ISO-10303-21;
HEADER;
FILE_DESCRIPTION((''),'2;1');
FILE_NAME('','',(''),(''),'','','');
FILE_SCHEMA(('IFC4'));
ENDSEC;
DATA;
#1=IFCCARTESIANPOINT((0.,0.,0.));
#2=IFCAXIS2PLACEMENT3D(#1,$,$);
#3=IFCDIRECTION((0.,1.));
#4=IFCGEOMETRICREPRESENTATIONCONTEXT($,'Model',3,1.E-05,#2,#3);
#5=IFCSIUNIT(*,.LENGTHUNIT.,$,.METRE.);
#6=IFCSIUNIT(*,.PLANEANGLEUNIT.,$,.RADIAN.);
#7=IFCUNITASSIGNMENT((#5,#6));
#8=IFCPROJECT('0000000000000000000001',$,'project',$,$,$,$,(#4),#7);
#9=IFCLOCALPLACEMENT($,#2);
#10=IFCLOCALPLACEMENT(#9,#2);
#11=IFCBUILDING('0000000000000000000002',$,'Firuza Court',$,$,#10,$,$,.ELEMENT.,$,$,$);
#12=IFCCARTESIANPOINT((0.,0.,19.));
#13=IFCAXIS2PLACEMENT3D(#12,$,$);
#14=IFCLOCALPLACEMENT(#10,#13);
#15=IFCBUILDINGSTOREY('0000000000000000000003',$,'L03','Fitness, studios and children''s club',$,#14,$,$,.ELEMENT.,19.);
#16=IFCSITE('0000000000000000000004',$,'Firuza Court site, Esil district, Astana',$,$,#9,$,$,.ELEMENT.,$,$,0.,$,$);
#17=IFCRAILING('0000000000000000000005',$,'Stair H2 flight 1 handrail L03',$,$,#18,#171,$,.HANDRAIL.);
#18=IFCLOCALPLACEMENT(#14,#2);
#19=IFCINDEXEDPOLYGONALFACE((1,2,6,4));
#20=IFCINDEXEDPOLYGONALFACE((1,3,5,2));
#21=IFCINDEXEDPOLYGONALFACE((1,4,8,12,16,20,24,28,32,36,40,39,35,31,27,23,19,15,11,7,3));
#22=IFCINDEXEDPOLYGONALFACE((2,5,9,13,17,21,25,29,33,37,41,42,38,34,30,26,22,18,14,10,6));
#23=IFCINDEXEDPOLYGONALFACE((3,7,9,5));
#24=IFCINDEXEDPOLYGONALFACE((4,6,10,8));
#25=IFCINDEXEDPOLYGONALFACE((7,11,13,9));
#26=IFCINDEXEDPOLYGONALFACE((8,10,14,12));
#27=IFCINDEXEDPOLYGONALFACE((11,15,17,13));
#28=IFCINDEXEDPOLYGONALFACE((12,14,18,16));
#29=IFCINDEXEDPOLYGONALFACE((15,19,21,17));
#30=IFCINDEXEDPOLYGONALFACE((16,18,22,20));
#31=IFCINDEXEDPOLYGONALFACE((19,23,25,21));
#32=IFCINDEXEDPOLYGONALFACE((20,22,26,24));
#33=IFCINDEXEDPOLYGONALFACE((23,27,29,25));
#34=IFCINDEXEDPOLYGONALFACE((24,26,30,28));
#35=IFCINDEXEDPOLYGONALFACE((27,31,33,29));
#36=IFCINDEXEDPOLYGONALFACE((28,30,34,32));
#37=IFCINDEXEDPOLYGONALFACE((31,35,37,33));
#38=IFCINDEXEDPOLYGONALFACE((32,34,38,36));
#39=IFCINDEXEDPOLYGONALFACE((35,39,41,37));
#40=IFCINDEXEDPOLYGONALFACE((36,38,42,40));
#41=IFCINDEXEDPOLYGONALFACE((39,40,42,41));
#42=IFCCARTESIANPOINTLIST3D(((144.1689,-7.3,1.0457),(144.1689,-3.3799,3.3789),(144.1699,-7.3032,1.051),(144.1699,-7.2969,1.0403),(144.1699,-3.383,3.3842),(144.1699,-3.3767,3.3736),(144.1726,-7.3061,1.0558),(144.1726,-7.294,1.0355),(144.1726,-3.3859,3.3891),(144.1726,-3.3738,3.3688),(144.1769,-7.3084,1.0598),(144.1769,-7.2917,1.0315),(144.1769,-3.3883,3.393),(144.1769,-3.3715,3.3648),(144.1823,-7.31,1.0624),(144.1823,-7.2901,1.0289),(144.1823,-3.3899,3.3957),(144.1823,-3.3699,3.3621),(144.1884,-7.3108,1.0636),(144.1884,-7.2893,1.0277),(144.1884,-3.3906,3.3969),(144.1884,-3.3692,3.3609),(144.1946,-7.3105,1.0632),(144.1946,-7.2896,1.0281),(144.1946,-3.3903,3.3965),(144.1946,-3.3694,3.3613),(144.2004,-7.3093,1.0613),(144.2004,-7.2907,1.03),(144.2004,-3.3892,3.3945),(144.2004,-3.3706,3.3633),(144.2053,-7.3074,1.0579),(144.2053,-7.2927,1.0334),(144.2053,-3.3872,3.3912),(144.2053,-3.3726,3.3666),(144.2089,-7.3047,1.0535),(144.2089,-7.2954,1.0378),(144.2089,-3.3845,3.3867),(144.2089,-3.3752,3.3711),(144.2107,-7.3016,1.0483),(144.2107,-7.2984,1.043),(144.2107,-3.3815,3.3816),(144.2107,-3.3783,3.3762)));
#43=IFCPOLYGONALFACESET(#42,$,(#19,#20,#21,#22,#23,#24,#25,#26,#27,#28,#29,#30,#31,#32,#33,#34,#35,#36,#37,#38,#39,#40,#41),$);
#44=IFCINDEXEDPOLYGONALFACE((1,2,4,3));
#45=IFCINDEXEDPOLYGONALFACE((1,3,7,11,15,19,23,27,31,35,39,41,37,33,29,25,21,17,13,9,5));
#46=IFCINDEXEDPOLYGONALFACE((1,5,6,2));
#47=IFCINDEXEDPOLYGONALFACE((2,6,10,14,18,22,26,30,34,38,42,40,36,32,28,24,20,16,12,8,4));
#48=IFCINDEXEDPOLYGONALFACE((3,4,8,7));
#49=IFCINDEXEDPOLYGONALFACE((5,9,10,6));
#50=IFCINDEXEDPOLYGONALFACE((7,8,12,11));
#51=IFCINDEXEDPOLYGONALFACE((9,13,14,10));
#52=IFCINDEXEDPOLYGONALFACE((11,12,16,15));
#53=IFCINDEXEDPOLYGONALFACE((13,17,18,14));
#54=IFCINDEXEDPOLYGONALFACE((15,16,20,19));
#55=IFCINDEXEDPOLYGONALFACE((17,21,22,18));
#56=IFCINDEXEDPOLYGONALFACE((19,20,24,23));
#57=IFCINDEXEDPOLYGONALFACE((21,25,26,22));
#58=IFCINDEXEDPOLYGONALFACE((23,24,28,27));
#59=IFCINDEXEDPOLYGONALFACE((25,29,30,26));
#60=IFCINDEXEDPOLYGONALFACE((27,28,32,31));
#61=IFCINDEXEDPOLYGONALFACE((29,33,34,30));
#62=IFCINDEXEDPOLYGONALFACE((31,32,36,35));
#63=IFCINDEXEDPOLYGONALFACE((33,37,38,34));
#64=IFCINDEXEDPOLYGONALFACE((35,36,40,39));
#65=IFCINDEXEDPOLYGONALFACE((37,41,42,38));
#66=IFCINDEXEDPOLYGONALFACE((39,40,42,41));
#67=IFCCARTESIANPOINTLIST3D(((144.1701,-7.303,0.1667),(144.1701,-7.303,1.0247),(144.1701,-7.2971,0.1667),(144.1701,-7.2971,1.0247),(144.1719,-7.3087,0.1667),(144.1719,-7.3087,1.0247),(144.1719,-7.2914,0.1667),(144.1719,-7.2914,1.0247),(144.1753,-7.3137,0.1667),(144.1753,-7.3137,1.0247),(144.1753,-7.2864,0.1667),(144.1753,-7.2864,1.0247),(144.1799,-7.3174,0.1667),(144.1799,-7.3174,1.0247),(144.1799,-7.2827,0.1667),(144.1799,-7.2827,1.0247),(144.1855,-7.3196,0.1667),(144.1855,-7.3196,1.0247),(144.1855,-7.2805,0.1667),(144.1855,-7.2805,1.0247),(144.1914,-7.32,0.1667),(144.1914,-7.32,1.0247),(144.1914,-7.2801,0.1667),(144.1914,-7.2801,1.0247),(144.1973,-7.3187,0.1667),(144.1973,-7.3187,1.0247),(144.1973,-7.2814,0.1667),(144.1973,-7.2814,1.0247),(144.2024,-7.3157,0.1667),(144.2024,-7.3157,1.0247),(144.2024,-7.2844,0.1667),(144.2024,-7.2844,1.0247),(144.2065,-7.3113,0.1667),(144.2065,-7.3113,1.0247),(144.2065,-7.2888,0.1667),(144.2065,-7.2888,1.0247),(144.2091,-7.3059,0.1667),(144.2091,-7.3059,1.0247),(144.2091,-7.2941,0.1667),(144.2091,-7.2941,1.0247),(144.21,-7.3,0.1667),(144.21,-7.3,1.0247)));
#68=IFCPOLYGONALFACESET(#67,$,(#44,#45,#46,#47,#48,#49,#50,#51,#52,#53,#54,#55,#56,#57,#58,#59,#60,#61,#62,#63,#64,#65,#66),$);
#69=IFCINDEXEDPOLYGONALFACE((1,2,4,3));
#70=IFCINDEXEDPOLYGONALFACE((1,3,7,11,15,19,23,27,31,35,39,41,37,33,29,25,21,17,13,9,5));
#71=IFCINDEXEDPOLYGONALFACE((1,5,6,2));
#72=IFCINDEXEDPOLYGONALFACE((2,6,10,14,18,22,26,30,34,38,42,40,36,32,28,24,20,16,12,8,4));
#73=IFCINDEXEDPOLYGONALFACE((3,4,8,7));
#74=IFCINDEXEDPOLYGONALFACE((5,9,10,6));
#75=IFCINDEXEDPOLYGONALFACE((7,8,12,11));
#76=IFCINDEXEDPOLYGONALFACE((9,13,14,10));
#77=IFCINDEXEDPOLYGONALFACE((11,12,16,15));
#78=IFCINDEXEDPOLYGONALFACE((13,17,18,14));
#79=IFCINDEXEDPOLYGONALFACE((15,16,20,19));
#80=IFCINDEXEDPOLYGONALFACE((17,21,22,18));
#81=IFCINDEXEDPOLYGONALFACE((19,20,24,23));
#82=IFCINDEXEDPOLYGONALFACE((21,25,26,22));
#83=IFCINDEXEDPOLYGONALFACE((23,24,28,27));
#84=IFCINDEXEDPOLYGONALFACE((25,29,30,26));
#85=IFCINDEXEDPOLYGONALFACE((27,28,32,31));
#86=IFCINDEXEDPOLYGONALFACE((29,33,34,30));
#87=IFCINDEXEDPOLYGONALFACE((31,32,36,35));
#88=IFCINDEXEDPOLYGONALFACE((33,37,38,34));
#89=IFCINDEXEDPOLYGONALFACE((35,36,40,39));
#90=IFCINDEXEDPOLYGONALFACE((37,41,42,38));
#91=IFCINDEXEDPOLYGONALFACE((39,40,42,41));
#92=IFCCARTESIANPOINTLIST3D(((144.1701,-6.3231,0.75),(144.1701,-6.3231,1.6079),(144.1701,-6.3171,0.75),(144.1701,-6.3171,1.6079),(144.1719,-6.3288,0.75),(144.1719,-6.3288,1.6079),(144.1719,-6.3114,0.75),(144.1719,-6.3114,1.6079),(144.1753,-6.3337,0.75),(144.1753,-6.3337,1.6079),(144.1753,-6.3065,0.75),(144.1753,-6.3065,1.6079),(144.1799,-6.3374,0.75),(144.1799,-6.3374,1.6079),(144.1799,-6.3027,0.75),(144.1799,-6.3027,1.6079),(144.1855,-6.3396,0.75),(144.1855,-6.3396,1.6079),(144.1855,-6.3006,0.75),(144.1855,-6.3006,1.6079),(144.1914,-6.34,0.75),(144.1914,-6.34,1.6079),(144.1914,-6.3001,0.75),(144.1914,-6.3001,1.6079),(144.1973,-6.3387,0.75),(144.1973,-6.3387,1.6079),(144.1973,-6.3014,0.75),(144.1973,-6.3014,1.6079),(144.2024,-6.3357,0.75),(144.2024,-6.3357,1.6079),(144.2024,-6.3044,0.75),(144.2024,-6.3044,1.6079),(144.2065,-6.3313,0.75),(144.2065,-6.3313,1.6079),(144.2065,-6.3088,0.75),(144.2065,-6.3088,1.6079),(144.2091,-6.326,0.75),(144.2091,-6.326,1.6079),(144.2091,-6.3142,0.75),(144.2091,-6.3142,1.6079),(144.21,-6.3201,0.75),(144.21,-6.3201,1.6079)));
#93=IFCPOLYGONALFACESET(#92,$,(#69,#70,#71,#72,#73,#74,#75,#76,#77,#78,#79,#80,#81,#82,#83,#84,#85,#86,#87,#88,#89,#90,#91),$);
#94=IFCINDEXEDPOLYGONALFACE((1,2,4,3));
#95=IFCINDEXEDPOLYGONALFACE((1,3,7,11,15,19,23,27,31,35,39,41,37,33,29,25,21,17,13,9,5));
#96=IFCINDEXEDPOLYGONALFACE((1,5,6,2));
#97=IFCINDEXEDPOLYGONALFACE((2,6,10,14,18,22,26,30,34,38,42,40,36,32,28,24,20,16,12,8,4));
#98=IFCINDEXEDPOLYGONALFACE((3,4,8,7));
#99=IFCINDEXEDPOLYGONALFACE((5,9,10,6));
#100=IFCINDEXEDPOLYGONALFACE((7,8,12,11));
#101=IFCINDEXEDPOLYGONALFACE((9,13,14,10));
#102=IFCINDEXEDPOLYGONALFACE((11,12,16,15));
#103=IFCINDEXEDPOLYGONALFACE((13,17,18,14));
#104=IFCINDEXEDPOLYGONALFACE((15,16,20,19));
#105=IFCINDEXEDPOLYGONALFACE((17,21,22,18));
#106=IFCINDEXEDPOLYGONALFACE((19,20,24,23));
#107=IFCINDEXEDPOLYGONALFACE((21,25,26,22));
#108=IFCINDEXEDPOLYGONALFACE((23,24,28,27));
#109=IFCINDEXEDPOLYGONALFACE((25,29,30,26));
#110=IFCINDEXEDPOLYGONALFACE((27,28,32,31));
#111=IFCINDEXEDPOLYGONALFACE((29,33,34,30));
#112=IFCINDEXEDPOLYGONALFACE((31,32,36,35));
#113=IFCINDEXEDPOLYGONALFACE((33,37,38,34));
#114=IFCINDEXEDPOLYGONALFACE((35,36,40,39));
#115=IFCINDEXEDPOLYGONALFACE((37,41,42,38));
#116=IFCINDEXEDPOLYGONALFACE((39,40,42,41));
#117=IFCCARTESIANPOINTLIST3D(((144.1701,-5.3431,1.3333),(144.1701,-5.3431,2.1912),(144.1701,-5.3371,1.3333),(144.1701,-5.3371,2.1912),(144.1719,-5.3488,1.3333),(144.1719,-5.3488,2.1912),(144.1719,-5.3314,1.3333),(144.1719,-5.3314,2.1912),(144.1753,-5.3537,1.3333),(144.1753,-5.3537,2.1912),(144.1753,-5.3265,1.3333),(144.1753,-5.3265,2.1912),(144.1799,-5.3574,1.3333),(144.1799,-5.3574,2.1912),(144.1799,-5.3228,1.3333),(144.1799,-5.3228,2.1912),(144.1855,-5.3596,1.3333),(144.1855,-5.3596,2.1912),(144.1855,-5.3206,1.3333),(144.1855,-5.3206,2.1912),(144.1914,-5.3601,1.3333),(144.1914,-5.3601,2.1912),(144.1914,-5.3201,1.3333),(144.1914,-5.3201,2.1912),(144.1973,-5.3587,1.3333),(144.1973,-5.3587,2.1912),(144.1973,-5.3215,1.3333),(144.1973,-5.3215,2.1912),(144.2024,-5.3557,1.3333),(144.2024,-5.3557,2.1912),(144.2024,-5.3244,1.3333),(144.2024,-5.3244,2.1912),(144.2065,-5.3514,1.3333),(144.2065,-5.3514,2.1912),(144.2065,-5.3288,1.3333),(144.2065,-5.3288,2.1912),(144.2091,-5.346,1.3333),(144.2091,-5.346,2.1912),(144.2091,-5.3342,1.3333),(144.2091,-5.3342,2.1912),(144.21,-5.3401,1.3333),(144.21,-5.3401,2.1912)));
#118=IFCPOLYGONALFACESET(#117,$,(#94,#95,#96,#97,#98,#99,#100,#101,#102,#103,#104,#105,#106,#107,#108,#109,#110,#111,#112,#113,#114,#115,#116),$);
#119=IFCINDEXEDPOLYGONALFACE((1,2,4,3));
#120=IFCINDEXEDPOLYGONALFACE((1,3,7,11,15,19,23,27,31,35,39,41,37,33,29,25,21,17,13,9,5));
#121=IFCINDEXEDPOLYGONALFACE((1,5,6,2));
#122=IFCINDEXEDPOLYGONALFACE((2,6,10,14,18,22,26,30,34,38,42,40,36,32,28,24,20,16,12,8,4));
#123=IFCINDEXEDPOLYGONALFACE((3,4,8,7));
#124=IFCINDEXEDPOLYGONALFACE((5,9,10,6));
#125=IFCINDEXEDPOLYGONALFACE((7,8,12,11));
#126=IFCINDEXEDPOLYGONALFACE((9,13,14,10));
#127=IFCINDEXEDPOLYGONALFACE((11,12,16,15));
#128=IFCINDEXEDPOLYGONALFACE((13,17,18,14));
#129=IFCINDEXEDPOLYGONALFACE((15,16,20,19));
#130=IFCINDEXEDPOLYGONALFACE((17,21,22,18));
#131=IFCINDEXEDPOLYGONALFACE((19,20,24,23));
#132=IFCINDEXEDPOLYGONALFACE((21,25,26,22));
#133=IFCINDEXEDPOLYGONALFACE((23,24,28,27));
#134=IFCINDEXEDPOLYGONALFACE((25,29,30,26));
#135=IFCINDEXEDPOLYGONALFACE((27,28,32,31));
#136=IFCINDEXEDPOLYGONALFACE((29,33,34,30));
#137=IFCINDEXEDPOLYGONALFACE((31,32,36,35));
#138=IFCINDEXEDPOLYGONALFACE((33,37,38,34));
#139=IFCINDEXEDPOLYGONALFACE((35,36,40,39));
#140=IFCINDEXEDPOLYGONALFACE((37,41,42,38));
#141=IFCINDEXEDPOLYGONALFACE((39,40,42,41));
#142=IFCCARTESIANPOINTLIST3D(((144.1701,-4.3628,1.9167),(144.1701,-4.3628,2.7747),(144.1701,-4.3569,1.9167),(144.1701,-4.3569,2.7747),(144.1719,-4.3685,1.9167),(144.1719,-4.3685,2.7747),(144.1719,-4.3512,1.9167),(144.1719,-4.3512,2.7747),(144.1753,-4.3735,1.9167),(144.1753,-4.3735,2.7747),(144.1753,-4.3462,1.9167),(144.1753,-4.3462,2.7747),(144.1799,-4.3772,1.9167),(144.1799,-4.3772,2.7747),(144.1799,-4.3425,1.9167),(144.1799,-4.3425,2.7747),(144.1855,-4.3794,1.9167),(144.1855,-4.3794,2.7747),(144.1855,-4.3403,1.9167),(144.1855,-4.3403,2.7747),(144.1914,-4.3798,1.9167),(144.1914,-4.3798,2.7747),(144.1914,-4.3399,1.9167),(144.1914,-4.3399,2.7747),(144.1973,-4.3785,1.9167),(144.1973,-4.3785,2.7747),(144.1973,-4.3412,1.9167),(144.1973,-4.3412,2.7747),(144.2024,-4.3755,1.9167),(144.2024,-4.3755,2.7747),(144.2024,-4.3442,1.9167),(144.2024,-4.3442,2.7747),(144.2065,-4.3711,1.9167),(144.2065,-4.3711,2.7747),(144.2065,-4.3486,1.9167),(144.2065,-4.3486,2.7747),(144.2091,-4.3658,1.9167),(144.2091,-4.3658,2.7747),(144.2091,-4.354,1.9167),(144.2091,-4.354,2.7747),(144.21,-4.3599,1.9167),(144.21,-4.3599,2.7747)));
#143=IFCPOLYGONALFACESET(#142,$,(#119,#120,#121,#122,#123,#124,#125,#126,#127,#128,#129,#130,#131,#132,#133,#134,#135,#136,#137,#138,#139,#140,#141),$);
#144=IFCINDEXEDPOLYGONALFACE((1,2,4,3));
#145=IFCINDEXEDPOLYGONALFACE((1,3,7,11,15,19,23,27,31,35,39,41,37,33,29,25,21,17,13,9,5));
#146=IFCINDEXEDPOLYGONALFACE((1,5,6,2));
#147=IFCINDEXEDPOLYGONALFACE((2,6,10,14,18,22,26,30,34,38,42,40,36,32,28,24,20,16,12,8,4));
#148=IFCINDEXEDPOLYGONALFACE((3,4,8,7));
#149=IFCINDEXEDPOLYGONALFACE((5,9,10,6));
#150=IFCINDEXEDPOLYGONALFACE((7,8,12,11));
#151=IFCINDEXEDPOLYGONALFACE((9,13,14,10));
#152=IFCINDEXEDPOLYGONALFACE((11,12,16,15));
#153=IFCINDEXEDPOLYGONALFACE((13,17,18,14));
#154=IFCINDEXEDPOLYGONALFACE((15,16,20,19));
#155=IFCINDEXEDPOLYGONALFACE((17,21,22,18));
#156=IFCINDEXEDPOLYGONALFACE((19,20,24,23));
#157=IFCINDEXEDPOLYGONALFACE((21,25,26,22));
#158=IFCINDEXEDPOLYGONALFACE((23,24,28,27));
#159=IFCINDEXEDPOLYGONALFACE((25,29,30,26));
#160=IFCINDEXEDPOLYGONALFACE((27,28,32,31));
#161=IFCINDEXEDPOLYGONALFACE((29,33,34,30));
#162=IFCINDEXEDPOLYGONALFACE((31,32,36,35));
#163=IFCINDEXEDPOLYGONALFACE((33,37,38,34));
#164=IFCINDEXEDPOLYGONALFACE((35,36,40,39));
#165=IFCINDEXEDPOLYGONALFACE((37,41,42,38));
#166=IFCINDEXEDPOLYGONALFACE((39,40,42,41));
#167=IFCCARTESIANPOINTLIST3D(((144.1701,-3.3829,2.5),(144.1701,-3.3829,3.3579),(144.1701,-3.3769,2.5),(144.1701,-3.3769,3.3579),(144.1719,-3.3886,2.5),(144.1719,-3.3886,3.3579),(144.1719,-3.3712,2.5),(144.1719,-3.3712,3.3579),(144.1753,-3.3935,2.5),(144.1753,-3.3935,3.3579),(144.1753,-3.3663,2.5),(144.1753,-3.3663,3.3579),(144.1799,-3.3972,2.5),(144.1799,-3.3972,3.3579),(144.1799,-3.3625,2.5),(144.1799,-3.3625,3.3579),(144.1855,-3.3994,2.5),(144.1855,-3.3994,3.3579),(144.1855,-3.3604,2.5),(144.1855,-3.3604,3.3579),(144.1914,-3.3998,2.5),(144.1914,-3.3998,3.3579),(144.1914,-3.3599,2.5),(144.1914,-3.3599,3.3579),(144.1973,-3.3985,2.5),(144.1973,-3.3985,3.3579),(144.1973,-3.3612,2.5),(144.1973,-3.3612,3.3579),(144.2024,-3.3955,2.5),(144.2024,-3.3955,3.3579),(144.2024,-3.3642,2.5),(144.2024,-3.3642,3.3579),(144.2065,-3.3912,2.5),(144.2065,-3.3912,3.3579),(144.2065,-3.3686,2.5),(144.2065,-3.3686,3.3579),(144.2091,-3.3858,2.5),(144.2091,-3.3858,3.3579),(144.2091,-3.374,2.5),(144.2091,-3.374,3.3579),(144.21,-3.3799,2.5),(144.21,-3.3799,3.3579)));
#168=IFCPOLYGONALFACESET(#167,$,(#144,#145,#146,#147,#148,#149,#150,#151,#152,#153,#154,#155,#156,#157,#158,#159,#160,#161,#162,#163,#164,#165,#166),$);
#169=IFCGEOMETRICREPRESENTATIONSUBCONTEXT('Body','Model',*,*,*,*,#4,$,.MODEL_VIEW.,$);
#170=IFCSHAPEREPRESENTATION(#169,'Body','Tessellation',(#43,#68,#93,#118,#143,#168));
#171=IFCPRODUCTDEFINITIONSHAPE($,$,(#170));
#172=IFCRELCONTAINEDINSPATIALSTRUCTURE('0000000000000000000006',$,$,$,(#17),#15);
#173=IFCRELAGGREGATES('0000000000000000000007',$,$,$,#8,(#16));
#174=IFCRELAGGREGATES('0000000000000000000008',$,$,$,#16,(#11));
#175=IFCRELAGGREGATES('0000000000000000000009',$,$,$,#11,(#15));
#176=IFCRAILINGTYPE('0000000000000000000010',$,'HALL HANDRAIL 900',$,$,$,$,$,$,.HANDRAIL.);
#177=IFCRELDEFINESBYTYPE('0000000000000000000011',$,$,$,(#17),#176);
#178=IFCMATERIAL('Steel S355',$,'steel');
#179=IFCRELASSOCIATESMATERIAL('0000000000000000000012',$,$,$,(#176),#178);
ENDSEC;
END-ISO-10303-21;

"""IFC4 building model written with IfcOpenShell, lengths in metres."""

from ifc_helpers import new_model, si_unit, direction, frame, origin, origin_2d, place, context, subcontext, project, spatial, circle, extrude, material, type_object, element, save


model = new_model("IFC4")

# Units and contexts
model_context = context("Model", 3, precision=1e-05, world=origin(), true_north=direction((0.0, 1.0)))
body_context = subcontext(model_context, "Body", "Model", "MODEL_VIEW")
ifc_project = project(units=[si_unit("LENGTHUNIT", "METRE"), si_unit("PLANEANGLEUNIT", "RADIAN")], contexts=[model_context])

# Site, building, storey
site_placement = place(None, origin())
site = spatial("IfcSite", under=ifc_project, at=site_placement, Name="Firuza Court site, Esil district, Astana", CompositionType="ELEMENT", RefElevation=0.0)
building_placement = place(site_placement, origin())
building = spatial("IfcBuilding", under=site, at=building_placement, Name="Firuza Court", CompositionType="ELEMENT")
storey_placement = place(building_placement, frame((0.0, 0.0, 19.0)))
storey = spatial("IfcBuildingStorey", under=building, at=storey_placement, Name="L03", Description="Fitness, studios and children's club", CompositionType="ELEMENT", Elevation=19.0)

# Railing
ifc_material_1 = material(Name="Steel S355", Category="steel")
railing_type_1 = type_object("IfcRailingType", Name="HALL HANDRAIL 900", PredefinedType="HANDRAIL", material=ifc_material_1)
railing_1_placement = place(storey_placement, frame((144.1899, -7.3, 0.1667)))
element("IfcRailing", 1, at=railing_1_placement, inside=storey, type_object=railing_type_1, Name="Stair H2 flight 1 handrail L03", PredefinedType="HANDRAIL", context=body_context, shape_type="SweptSolid", body=[
    extrude(circle(Radius=0.021, at=origin_2d()), frame((0.0, 0.0, 0.8789), z_axis=(0.0, 0.85931, 0.511455), x_axis=(-1.0, 0.0, 0.0)), (0.0, 0.0, 1.0), 4.562),
    extrude(circle(Radius=0.02, at=origin_2d()), origin(), (0.0, 0.0, 1.0), 0.8579),
    extrude(circle(Radius=0.02, at=origin_2d()), frame((0.0, 0.98, 0.5833)), (0.0, 0.0, 1.0), 0.8579),
    extrude(circle(Radius=0.02, at=origin_2d()), frame((0.0, 1.96, 1.1665)), (0.0, 0.0, 1.0), 0.8579),
    extrude(circle(Radius=0.02, at=origin_2d()), frame((0.0, 2.9402, 1.75)), (0.0, 0.0, 1.0), 0.8579),
    extrude(circle(Radius=0.02, at=origin_2d()), frame((0.0, 3.9202, 2.3333)), (0.0, 0.0, 1.0), 0.8579),
])

save(model, "model.ifc")
